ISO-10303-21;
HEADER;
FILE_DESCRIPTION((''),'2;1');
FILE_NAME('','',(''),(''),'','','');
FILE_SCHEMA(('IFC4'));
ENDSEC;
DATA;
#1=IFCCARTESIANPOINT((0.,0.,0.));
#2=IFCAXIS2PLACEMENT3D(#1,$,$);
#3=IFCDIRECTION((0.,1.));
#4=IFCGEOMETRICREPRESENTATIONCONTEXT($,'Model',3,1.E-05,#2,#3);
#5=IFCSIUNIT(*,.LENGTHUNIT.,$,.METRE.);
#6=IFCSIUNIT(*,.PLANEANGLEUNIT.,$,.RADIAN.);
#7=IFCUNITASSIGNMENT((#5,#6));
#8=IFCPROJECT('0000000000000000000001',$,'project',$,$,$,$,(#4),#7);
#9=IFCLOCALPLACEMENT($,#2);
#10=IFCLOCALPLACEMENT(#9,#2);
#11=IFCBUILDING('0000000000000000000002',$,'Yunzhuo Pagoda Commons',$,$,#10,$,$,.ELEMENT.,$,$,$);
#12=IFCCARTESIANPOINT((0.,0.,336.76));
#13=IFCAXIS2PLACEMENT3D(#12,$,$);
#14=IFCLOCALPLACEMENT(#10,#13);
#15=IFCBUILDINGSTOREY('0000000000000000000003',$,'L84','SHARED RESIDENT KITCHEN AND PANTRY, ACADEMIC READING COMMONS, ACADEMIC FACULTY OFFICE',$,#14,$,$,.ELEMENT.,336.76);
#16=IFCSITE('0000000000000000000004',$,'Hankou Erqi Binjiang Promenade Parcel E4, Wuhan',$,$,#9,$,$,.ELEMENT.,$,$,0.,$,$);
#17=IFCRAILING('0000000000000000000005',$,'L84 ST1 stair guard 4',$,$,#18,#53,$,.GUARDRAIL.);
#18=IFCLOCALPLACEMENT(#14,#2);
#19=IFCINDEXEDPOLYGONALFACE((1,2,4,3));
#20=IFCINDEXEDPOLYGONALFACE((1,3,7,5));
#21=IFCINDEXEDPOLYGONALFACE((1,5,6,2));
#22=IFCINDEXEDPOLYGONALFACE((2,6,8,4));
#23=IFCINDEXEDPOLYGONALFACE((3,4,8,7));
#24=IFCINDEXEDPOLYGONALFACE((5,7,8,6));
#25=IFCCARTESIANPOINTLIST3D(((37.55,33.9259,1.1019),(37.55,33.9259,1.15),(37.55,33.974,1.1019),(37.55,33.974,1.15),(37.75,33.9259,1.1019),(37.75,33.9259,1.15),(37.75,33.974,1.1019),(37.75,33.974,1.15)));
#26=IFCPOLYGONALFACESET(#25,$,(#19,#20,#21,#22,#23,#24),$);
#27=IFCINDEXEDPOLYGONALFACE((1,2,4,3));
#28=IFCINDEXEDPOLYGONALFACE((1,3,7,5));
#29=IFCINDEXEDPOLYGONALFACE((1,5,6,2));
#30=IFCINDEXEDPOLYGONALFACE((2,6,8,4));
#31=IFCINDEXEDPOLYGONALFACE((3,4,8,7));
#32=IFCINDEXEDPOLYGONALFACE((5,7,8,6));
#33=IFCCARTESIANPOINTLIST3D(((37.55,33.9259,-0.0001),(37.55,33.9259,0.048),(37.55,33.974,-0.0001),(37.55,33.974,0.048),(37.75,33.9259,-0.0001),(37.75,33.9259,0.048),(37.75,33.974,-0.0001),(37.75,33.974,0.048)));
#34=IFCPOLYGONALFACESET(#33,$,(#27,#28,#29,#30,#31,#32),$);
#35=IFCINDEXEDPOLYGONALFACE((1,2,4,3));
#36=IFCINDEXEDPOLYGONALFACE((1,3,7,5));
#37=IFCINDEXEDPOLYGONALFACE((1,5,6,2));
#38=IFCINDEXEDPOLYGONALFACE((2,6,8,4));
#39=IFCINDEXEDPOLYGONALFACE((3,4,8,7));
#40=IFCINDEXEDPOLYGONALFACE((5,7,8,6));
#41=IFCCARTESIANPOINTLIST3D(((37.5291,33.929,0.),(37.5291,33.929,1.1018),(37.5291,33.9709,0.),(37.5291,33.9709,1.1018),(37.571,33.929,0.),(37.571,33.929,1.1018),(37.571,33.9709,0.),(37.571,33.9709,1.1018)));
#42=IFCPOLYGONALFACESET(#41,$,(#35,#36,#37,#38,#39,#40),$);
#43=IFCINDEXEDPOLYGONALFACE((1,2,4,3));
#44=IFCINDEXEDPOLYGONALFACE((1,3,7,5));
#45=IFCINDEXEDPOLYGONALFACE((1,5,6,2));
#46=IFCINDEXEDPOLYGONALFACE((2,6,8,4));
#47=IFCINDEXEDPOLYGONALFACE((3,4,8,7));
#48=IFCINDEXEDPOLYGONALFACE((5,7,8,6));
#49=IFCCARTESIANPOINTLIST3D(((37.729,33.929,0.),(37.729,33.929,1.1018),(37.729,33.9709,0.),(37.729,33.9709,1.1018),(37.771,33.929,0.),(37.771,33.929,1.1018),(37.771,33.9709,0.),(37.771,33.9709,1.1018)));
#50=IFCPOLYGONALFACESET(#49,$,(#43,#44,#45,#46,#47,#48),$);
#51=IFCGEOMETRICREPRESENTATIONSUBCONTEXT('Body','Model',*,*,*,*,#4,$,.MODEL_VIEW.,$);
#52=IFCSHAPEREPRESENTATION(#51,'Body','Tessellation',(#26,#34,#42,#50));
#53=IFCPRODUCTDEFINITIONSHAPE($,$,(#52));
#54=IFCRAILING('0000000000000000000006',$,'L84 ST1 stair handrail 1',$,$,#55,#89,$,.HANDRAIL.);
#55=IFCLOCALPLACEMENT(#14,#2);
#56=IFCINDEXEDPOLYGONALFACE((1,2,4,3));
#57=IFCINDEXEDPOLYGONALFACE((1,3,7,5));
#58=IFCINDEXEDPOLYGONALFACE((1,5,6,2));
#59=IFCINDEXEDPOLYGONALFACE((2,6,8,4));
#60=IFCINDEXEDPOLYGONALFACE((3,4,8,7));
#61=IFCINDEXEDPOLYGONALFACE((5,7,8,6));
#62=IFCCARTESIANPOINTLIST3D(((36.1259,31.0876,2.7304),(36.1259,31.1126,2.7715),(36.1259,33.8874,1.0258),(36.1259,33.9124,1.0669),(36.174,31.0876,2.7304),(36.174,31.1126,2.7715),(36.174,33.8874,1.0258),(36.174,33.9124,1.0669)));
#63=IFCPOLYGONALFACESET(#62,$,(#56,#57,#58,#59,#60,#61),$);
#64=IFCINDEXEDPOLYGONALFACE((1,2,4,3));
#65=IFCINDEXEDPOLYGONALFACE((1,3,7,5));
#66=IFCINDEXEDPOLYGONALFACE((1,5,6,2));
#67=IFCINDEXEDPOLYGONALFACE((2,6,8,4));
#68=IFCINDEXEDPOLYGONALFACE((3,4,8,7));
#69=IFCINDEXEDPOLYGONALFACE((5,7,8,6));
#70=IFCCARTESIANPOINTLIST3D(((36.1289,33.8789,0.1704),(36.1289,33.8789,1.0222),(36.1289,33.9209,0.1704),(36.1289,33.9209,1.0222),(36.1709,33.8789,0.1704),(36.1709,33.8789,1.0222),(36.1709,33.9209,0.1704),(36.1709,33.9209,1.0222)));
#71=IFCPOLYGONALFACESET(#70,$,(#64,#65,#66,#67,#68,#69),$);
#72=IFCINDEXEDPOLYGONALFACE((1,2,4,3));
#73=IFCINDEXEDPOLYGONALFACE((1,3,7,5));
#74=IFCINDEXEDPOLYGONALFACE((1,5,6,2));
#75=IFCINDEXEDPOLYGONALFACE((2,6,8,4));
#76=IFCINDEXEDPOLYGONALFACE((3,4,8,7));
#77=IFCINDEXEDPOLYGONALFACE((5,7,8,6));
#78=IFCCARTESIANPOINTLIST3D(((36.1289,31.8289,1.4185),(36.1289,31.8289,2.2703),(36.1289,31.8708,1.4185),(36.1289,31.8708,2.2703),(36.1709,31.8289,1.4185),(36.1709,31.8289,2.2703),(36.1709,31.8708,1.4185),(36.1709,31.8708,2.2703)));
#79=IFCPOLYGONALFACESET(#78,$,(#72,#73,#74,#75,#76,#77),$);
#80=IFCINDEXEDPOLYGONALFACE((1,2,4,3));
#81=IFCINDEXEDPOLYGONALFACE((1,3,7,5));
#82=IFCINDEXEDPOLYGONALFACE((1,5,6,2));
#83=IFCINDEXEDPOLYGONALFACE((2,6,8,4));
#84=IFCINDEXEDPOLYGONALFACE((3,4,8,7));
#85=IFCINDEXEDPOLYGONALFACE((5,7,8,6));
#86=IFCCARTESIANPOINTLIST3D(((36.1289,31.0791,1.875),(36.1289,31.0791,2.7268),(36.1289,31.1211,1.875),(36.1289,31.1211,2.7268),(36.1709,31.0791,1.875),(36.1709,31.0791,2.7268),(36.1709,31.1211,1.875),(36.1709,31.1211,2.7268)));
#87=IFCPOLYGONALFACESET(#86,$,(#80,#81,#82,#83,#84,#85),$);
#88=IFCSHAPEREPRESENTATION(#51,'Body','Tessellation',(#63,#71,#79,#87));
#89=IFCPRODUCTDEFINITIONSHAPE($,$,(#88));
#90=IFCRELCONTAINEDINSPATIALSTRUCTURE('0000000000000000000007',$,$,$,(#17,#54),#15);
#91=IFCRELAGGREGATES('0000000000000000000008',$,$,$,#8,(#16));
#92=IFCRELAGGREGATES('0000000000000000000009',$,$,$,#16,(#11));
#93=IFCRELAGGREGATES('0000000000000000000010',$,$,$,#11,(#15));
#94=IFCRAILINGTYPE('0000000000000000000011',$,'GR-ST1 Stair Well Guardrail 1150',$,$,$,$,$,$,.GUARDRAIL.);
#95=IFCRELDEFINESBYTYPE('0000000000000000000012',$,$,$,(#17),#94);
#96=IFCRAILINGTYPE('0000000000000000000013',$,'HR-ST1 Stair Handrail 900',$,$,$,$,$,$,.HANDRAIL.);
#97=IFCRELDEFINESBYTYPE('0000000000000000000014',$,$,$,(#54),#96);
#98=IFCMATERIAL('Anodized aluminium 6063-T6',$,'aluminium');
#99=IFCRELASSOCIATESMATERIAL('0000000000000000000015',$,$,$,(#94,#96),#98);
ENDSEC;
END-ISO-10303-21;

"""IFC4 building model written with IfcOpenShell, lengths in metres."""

from ifc_helpers import new_model, si_unit, direction, frame, origin, origin_2d, place, context, subcontext, project, spatial, rectangle, extrude, material, type_object, element, save


model = new_model("IFC4")

# Units and contexts
model_context = context("Model", 3, precision=1e-05, world=origin(), true_north=direction((0.0, 1.0)))
body_context = subcontext(model_context, "Body", "Model", "MODEL_VIEW")
ifc_project = project(units=[si_unit("LENGTHUNIT", "METRE"), si_unit("PLANEANGLEUNIT", "RADIAN")], contexts=[model_context])

# Site, building, storey
site_placement = place(None, origin())
site = spatial("IfcSite", under=ifc_project, at=site_placement, Name="Hankou Erqi Binjiang Promenade Parcel E4, Wuhan", CompositionType="ELEMENT", RefElevation=0.0)
building_placement = place(site_placement, origin())
building = spatial("IfcBuilding", under=site, at=building_placement, Name="Yunzhuo Pagoda Commons", CompositionType="ELEMENT")
storey_placement = place(building_placement, frame((0.0, 0.0, 336.76)))
storey = spatial("IfcBuildingStorey", under=building, at=storey_placement, Name="L84", Description="SHARED RESIDENT KITCHEN AND PANTRY, ACADEMIC READING COMMONS, ACADEMIC FACULTY OFFICE", CompositionType="ELEMENT", Elevation=336.76)

# Railings
ifc_material_1 = material(Name="Anodized aluminium 6063-T6", Category="aluminium")
railing_type_1 = type_object("IfcRailingType", Name="GR-ST1 Stair Well Guardrail 1150", PredefinedType="GUARDRAIL", material=ifc_material_1)
railing_1_placement = place(storey_placement, frame((37.55, 33.95, 0.0)))
element("IfcRailing", 1, at=railing_1_placement, inside=storey, type_object=railing_type_1, Name="L84 ST1 stair guard 4", PredefinedType="GUARDRAIL", context=body_context, shape_type="SweptSolid", body=[
    extrude(rectangle(XDim=0.0481, YDim=0.0481, at=origin_2d()), frame((0.0, 0.0, 1.126), z_axis=(1.0, 0.0, 0.0), x_axis=(0.0, 1.0, 0.0)), (0.0, 0.0, 1.0), 0.2),
    extrude(rectangle(XDim=0.0481, YDim=0.0481, at=origin_2d()), frame((0.0, 0.0, 0.0239), z_axis=(1.0, 0.0, 0.0), x_axis=(0.0, 1.0, 0.0)), (0.0, 0.0, 1.0), 0.2),
    extrude(rectangle(XDim=0.042, YDim=0.042, at=origin_2d()), origin(), (0.0, 0.0, 1.0), 1.1018),
    extrude(rectangle(XDim=0.042, YDim=0.042, at=origin_2d()), frame((0.2, 0.0, 0.0)), (0.0, 0.0, 1.0), 1.1018),
])
railing_type_2 = type_object("IfcRailingType", Name="HR-ST1 Stair Handrail 900", PredefinedType="HANDRAIL", material=ifc_material_1)
railing_2_placement = place(storey_placement, frame((36.1499, 33.8999, 0.1704)))
element("IfcRailing", 2, at=railing_2_placement, inside=storey, type_object=railing_type_2, Name="L84 ST1 stair handrail 1", PredefinedType="HANDRAIL", context=body_context, shape_type="SweptSolid", body=[
    extrude(rectangle(XDim=0.0481, YDim=0.0481, at=origin_2d()), frame((0.0, 0.0, 0.876), z_axis=(0.0, -0.85415, 0.520027), x_axis=(1.0, 0.0, 0.0)), (0.0, 0.0, 1.0), 3.2778),
    extrude(rectangle(XDim=0.042, YDim=0.042, at=origin_2d()), origin(), (0.0, 0.0, 1.0), 0.8518),
    extrude(rectangle(XDim=0.042, YDim=0.042, at=origin_2d()), frame((0.0, -2.05, 1.248)), (0.0, 0.0, 1.0), 0.8518),
    extrude(rectangle(XDim=0.042, YDim=0.042, at=origin_2d()), frame((0.0, -2.7998, 1.7046)), (0.0, 0.0, 1.0), 0.8518),
])

save(model, "model.ifc")
